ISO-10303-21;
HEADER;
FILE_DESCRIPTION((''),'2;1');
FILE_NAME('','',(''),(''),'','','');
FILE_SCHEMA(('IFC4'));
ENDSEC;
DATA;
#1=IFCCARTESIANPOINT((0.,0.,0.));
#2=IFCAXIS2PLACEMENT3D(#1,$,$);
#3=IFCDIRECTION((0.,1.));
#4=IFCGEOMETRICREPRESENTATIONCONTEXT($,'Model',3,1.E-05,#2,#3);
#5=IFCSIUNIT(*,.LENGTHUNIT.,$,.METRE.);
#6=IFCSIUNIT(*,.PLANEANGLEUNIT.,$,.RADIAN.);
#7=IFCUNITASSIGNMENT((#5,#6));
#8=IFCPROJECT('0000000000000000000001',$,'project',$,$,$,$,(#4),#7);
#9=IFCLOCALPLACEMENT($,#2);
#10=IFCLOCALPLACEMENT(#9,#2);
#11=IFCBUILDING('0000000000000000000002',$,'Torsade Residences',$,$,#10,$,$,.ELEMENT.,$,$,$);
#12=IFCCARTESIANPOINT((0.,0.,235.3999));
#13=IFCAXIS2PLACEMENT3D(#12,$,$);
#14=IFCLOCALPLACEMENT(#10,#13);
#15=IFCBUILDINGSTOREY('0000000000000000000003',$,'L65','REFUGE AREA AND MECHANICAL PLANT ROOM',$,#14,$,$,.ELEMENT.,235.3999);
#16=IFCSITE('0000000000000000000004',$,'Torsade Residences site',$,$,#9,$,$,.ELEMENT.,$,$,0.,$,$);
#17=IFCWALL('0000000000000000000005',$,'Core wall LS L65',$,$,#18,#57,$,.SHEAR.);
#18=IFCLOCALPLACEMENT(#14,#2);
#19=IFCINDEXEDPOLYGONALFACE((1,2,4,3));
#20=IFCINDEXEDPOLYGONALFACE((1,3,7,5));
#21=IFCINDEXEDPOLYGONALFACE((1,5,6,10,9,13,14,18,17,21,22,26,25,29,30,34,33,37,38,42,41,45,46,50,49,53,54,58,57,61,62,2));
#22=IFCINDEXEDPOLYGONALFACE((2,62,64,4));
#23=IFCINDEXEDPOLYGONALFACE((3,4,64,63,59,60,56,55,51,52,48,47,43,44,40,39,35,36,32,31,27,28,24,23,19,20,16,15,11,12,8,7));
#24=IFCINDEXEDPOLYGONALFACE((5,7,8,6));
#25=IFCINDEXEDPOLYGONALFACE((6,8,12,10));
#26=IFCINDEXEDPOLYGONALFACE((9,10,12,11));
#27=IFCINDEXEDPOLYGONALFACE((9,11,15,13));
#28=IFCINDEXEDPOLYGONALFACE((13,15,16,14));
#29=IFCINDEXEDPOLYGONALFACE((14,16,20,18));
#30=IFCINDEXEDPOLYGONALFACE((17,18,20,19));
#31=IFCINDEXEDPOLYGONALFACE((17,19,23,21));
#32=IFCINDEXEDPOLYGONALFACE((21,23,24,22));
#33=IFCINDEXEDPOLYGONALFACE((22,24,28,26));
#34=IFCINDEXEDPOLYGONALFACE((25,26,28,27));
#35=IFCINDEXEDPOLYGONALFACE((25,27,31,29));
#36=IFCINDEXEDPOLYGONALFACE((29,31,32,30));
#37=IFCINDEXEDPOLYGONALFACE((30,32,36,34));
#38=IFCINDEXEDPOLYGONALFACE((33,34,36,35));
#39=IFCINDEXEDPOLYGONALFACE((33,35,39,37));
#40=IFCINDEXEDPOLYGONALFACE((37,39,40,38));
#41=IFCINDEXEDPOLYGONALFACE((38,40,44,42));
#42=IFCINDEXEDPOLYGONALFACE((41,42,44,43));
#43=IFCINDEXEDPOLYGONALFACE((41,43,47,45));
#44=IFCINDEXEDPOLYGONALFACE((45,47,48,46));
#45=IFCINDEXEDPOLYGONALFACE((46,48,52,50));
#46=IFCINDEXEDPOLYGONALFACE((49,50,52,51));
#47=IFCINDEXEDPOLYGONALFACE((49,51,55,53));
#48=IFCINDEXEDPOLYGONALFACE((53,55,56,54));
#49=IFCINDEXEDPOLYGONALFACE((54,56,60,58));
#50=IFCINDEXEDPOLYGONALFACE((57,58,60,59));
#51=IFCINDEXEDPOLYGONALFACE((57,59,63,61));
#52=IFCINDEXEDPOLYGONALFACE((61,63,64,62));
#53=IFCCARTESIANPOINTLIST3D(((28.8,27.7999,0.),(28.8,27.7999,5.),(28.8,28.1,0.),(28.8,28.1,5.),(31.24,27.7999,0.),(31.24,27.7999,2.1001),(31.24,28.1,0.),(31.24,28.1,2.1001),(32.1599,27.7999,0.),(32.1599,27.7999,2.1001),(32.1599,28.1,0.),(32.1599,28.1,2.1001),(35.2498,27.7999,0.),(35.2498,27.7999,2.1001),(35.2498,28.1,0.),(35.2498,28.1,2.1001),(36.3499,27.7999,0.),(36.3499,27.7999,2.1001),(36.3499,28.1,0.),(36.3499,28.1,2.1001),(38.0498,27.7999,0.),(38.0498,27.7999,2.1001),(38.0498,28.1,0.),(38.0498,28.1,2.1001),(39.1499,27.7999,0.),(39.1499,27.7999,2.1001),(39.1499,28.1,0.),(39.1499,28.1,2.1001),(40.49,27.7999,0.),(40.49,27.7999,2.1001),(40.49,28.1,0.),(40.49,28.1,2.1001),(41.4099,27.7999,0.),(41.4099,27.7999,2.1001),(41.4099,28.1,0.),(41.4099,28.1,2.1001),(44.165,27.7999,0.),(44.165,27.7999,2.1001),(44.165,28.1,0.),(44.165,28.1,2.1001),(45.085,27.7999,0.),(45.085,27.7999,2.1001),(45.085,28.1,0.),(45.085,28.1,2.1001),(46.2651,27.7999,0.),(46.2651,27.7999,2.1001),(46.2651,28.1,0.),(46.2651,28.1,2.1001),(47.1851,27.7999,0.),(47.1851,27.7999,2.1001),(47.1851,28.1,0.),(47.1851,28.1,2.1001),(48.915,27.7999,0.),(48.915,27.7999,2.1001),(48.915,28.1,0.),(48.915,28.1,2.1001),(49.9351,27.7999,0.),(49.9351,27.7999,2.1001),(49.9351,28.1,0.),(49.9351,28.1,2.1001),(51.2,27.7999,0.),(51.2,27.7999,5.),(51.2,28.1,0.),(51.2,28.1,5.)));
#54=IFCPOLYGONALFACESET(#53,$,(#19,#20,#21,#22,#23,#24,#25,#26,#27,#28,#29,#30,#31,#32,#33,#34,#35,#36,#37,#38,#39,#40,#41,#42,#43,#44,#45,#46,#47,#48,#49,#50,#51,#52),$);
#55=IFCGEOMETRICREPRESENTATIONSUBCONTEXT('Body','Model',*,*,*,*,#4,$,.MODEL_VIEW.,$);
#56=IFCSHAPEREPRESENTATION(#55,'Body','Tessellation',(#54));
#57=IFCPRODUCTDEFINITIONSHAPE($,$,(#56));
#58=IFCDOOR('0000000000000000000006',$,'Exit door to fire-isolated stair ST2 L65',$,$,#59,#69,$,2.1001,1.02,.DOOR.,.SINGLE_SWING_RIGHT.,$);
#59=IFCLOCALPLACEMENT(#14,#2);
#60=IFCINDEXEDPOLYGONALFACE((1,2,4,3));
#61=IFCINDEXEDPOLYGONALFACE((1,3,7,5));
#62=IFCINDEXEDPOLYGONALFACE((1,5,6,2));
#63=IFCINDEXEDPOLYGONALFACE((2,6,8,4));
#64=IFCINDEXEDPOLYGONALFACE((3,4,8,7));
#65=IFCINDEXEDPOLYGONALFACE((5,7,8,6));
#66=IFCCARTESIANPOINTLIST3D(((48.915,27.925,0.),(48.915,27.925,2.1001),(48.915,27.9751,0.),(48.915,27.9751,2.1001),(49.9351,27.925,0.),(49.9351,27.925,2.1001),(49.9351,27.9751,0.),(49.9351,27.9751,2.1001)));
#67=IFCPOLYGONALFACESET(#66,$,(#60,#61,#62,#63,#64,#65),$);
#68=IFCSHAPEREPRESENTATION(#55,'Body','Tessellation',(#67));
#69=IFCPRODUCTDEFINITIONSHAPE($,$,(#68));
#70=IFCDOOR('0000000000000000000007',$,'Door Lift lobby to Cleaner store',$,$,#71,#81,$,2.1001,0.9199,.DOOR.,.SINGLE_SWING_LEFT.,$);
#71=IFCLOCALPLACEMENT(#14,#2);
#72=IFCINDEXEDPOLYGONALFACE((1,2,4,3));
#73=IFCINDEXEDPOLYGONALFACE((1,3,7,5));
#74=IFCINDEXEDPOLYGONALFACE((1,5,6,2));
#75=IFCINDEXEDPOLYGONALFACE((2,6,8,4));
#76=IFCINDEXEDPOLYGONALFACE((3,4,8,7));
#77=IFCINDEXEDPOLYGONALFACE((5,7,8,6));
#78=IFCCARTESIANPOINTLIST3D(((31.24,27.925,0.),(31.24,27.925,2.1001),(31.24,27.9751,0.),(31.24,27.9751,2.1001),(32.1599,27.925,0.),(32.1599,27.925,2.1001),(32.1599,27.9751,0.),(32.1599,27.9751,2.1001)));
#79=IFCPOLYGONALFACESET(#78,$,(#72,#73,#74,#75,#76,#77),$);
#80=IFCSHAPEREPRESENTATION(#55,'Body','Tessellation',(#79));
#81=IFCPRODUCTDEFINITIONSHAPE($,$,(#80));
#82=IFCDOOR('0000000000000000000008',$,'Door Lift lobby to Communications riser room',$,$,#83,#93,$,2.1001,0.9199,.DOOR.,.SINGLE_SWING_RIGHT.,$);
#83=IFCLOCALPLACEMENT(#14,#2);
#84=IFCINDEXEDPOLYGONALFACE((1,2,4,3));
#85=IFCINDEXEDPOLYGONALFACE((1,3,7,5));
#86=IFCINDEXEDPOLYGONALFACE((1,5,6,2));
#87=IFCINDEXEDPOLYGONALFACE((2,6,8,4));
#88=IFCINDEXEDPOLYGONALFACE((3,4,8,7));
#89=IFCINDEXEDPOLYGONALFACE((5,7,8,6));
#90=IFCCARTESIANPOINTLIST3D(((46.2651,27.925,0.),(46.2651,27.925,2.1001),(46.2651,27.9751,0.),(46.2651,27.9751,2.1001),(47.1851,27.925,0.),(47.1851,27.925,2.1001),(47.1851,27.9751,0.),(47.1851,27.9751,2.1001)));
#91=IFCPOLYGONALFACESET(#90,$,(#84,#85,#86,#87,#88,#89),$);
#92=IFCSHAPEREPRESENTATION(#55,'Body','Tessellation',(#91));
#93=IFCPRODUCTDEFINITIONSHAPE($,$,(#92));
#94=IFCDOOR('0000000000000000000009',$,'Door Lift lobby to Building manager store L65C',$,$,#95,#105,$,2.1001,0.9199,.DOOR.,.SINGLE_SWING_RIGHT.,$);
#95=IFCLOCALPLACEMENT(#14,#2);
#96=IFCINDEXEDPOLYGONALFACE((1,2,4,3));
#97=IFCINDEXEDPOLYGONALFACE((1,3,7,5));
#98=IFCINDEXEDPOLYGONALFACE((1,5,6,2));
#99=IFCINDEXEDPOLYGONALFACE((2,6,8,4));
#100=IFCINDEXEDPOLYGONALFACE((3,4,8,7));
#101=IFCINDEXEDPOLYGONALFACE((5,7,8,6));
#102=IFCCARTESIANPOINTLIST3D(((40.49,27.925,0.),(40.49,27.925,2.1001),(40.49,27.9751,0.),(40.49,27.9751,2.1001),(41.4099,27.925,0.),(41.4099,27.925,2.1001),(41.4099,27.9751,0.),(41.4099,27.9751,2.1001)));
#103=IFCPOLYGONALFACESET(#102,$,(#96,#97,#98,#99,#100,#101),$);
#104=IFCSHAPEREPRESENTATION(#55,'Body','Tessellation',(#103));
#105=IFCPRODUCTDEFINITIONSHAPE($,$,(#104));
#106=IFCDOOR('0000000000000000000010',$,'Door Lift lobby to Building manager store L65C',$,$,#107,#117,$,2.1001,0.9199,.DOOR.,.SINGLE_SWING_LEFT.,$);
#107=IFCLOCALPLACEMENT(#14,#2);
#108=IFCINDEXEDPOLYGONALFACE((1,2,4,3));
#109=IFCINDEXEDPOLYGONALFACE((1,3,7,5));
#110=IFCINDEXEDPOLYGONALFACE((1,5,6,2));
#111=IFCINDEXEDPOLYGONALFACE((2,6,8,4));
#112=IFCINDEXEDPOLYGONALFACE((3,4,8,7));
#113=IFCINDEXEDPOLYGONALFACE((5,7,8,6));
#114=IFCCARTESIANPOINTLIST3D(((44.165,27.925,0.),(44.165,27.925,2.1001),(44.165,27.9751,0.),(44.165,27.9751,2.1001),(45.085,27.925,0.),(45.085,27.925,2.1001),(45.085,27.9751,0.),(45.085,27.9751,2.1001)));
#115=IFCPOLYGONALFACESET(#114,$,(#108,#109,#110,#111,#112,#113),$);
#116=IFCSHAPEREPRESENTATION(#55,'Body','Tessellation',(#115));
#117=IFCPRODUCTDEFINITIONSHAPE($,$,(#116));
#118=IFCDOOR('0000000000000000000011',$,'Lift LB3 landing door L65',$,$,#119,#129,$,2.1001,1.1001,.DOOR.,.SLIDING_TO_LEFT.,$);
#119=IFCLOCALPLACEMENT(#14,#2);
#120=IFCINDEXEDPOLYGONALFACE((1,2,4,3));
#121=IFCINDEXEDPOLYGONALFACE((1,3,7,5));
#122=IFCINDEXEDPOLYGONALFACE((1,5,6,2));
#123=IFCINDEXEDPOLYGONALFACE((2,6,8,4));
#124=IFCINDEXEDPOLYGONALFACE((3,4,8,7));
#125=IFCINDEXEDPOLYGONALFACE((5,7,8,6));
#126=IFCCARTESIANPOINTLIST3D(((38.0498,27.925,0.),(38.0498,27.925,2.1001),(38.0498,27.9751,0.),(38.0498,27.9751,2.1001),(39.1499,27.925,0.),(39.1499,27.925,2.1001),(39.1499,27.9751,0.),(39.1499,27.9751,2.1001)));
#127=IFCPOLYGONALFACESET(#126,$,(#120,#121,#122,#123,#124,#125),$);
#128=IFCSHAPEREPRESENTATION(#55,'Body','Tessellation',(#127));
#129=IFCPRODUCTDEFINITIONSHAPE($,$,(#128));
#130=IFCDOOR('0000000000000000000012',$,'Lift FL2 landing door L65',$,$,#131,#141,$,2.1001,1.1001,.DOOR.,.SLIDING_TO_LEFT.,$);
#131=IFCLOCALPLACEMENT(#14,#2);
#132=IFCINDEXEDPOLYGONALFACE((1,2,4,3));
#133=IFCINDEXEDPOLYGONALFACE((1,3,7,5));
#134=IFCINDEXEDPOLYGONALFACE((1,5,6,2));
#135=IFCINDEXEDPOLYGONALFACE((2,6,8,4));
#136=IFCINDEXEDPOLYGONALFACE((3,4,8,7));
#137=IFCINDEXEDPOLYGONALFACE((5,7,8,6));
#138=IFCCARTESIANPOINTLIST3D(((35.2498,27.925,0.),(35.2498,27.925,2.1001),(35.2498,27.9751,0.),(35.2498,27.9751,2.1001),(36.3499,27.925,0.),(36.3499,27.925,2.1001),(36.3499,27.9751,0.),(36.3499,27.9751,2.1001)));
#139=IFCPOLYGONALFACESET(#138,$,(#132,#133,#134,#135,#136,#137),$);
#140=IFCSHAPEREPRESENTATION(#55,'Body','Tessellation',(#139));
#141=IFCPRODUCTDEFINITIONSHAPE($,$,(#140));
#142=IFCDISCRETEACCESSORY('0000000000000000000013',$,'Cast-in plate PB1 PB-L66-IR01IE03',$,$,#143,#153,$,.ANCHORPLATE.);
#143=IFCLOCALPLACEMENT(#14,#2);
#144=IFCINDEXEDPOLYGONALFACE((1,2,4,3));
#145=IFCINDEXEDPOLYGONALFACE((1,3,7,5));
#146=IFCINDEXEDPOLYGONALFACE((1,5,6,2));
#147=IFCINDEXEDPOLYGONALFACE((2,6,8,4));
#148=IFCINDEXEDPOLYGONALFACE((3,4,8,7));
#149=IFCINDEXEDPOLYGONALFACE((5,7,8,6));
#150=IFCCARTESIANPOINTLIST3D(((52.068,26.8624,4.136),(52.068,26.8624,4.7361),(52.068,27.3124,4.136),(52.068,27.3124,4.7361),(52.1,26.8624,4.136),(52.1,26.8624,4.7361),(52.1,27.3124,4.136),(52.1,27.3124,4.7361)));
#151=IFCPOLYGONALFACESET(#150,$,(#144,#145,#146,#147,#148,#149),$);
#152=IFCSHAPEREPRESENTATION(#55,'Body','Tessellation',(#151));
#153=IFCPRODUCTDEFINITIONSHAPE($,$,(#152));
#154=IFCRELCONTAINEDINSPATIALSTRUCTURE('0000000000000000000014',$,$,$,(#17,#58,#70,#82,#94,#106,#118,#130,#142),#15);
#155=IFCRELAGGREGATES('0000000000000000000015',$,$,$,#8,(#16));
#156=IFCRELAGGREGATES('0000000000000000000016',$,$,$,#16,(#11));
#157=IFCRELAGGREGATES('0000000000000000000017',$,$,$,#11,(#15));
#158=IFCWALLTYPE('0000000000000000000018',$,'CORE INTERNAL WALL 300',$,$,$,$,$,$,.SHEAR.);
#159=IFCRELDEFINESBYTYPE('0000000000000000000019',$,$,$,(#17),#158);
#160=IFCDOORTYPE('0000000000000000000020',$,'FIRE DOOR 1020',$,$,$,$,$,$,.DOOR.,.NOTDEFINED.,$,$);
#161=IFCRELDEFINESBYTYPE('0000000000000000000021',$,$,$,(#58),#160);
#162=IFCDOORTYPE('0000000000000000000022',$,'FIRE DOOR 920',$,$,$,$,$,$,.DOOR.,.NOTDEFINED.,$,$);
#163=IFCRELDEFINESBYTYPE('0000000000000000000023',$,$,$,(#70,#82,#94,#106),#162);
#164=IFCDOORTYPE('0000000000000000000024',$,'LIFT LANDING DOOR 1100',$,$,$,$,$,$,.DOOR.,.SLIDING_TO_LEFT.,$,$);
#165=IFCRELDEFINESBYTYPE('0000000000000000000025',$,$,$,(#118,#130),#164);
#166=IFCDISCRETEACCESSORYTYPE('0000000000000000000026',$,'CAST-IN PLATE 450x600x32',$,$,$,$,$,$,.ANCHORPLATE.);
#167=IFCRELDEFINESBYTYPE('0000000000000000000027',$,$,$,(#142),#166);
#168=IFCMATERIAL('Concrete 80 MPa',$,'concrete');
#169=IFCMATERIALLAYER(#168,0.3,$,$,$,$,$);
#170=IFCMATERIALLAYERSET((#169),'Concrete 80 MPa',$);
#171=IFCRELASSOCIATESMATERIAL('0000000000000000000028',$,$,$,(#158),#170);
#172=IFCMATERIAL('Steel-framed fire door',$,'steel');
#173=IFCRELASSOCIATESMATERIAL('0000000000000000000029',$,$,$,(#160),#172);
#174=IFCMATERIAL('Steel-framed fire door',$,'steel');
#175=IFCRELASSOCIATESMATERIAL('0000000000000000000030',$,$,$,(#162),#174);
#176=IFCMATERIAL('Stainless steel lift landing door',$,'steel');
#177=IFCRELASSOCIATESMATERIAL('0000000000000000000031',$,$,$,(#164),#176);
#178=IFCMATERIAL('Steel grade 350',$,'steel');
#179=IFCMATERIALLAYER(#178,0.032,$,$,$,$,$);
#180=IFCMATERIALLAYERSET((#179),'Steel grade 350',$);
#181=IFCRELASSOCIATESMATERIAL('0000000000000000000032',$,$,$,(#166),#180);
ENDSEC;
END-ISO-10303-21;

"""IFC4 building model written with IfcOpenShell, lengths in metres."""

from ifc_helpers import new_model, si_unit, direction, frame, frame_2d, origin, origin_2d, place, context, subcontext, project, spatial, rectangle, extrude, material, layer, layer_set, type_object, element, fill, save


model = new_model("IFC4")

# Units and contexts
model_context = context("Model", 3, precision=1e-05, world=origin(), true_north=direction((0.0, 1.0)))
body_context = subcontext(model_context, "Body", "Model", "MODEL_VIEW")
ifc_project = project(units=[si_unit("LENGTHUNIT", "METRE"), si_unit("PLANEANGLEUNIT", "RADIAN")], contexts=[model_context])

# Site, building, storey
site_placement = place(None, origin())
site = spatial("IfcSite", under=ifc_project, at=site_placement, Name="Torsade Residences site", CompositionType="ELEMENT", RefElevation=0.0)
building_placement = place(site_placement, origin())
building = spatial("IfcBuilding", under=site, at=building_placement, Name="Torsade Residences", CompositionType="ELEMENT")
storey_placement = place(building_placement, frame((0.0, 0.0, 235.3999)))
storey = spatial("IfcBuildingStorey", under=building, at=storey_placement, Name="L65", Description="REFUGE AREA AND MECHANICAL PLANT ROOM", CompositionType="ELEMENT", Elevation=235.3999)

# Wall, openings, doors
ifc_material_1 = material(Name="Concrete 80 MPa", Category="concrete")
ifc_layer_1 = layer(ifc_material_1, 0.3)
ifc_layer_set_1 = layer_set([ifc_layer_1], Name="Concrete 80 MPa")
wall_type = type_object("IfcWallType", Name="CORE INTERNAL WALL 300", PredefinedType="SHEAR", material=ifc_layer_set_1)
wall_placement = place(storey_placement, frame((51.2, 27.95, 0.0), z_axis=(0.0, 0.0, 1.0), x_axis=(-1.0, 0.0, 0.0)))
wall = element("IfcWall", 1, at=wall_placement, inside=storey, type_object=wall_type, Name="Core wall LS L65", PredefinedType="SHEAR", context=body_context, shape_type="SweptSolid", body=[
    extrude(rectangle(XDim=22.3999, YDim=0.3, at=frame_2d((11.2, 0.0))), origin(), (0.0, 0.0, 1.0), 5.0),
])
opening_1_placement = place(wall_placement, frame((19.04, 0.0, 0.0)))
opening_1 = element("IfcOpeningElement", 2, at=opening_1_placement, cuts=wall, PredefinedType="OPENING", context=body_context, shape_type="SweptSolid", body=[
    extrude(rectangle(XDim=0.9199, YDim=2.1001, at=frame_2d((0.46, 1.05))), frame((0.0, 0.1599, 0.0), z_axis=(0.0, -1.0, 0.0), x_axis=(1.0, 0.0, 0.0)), (0.0, 0.0, 1.0), 0.3201),
])
opening_2_placement = place(wall_placement, frame((1.2649, 0.0, 0.0)))
opening_2 = element("IfcOpeningElement", 3, at=opening_2_placement, cuts=wall, PredefinedType="OPENING", context=body_context, shape_type="SweptSolid", body=[
    extrude(rectangle(XDim=1.02, YDim=2.1001, at=frame_2d((0.51, 1.05))), frame((0.0, 0.1599, 0.0), z_axis=(0.0, -1.0, 0.0), x_axis=(1.0, 0.0, 0.0)), (0.0, 0.0, 1.0), 0.3201),
])
opening_3_placement = place(wall_placement, frame((4.0149, 0.0, 0.0)))
opening_3 = element("IfcOpeningElement", 4, at=opening_3_placement, cuts=wall, PredefinedType="OPENING", context=body_context, shape_type="SweptSolid", body=[
    extrude(rectangle(XDim=0.9199, YDim=2.1001, at=frame_2d((0.46, 1.05))), frame((0.0, 0.1599, 0.0), z_axis=(0.0, -1.0, 0.0), x_axis=(1.0, 0.0, 0.0)), (0.0, 0.0, 1.0), 0.3201),
])
opening_4_placement = place(wall_placement, frame((9.79, 0.0, 0.0)))
opening_4 = element("IfcOpeningElement", 5, at=opening_4_placement, cuts=wall, PredefinedType="OPENING", context=body_context, shape_type="SweptSolid", body=[
    extrude(rectangle(XDim=0.9199, YDim=2.1001, at=frame_2d((0.46, 1.05))), frame((0.0, 0.1599, 0.0), z_axis=(0.0, -1.0, 0.0), x_axis=(1.0, 0.0, 0.0)), (0.0, 0.0, 1.0), 0.3201),
])
opening_5_placement = place(wall_placement, frame((6.115, 0.0, 0.0)))
opening_5 = element("IfcOpeningElement", 6, at=opening_5_placement, cuts=wall, PredefinedType="OPENING", context=body_context, shape_type="SweptSolid", body=[
    extrude(rectangle(XDim=0.9199, YDim=2.1001, at=frame_2d((0.46, 1.05))), frame((0.0, 0.1599, 0.0), z_axis=(0.0, -1.0, 0.0), x_axis=(1.0, 0.0, 0.0)), (0.0, 0.0, 1.0), 0.3201),
])
opening_6_placement = place(wall_placement, frame((12.05, 0.0, 0.0)))
opening_6 = element("IfcOpeningElement", 7, at=opening_6_placement, cuts=wall, PredefinedType="OPENING", context=body_context, shape_type="SweptSolid", body=[
    extrude(rectangle(XDim=1.1001, YDim=2.1001, at=frame_2d((0.55, 1.05))), frame((0.0, 0.1599, 0.0), z_axis=(0.0, -1.0, 0.0), x_axis=(1.0, 0.0, 0.0)), (0.0, 0.0, 1.0), 0.3201),
])
opening_7_placement = place(wall_placement, frame((14.8501, 0.0, 0.0)))
opening_7 = element("IfcOpeningElement", 8, at=opening_7_placement, cuts=wall, PredefinedType="OPENING", context=body_context, shape_type="SweptSolid", body=[
    extrude(rectangle(XDim=1.1001, YDim=2.1001, at=frame_2d((0.55, 1.05))), frame((0.0, 0.1599, 0.0), z_axis=(0.0, -1.0, 0.0), x_axis=(1.0, 0.0, 0.0)), (0.0, 0.0, 1.0), 0.3201),
])
ifc_material_2 = material(Name="Steel-framed fire door", Category="steel")
door_type_1 = type_object("IfcDoorType", Name="FIRE DOOR 1020", OperationType="NOTDEFINED", PredefinedType="DOOR", material=ifc_material_2)
door_1_placement = place(opening_2_placement, origin())
door_1 = element("IfcDoor", 9, at=door_1_placement, inside=storey, type_object=door_type_1, Name="Exit door to fire-isolated stair ST2 L65", OperationType="SINGLE_SWING_RIGHT", OverallHeight=2.1001, OverallWidth=1.02, PredefinedType="DOOR", context=body_context, shape_type="SweptSolid", body=[
    extrude(rectangle(XDim=1.02, YDim=2.1001, at=frame_2d((0.51, 1.05))), frame((0.0, 0.0249, 0.0), z_axis=(0.0, -1.0, 0.0), x_axis=(1.0, 0.0, 0.0)), (0.0, 0.0, 1.0), 0.05),
])
fill(opening_2, door_1)
ifc_material_3 = material(Name="Steel-framed fire door", Category="steel")
door_type_2 = type_object("IfcDoorType", Name="FIRE DOOR 920", OperationType="NOTDEFINED", PredefinedType="DOOR", material=ifc_material_3)
door_2_placement = place(opening_1_placement, origin())
door_2 = element("IfcDoor", 10, at=door_2_placement, inside=storey, type_object=door_type_2, Name="Door Lift lobby to Cleaner store", OperationType="SINGLE_SWING_LEFT", OverallHeight=2.1001, OverallWidth=0.9199, PredefinedType="DOOR", context=body_context, shape_type="SweptSolid", body=[
    extrude(rectangle(XDim=0.9199, YDim=2.1001, at=frame_2d((0.46, 1.05))), frame((0.0, 0.0249, 0.0), z_axis=(0.0, -1.0, 0.0), x_axis=(1.0, 0.0, 0.0)), (0.0, 0.0, 1.0), 0.05),
])
fill(opening_1, door_2)
door_3_placement = place(opening_3_placement, origin())
door_3 = element("IfcDoor", 11, at=door_3_placement, inside=storey, type_object=door_type_2, Name="Door Lift lobby to Communications riser room", OperationType="SINGLE_SWING_RIGHT", OverallHeight=2.1001, OverallWidth=0.9199, PredefinedType="DOOR", context=body_context, shape_type="SweptSolid", body=[
    extrude(rectangle(XDim=0.9199, YDim=2.1001, at=frame_2d((0.46, 1.05))), frame((0.0, 0.0249, 0.0), z_axis=(0.0, -1.0, 0.0), x_axis=(1.0, 0.0, 0.0)), (0.0, 0.0, 1.0), 0.05),
])
fill(opening_3, door_3)
door_4_placement = place(opening_4_placement, origin())
door_4 = element("IfcDoor", 12, at=door_4_placement, inside=storey, type_object=door_type_2, Name="Door Lift lobby to Building manager store L65C", OperationType="SINGLE_SWING_RIGHT", OverallHeight=2.1001, OverallWidth=0.9199, PredefinedType="DOOR", context=body_context, shape_type="SweptSolid", body=[
    extrude(rectangle(XDim=0.9199, YDim=2.1001, at=frame_2d((0.46, 1.05))), frame((0.0, 0.0249, 0.0), z_axis=(0.0, -1.0, 0.0), x_axis=(1.0, 0.0, 0.0)), (0.0, 0.0, 1.0), 0.05),
])
fill(opening_4, door_4)
door_5_placement = place(opening_5_placement, origin())
door_5 = element("IfcDoor", 13, at=door_5_placement, inside=storey, type_object=door_type_2, Name="Door Lift lobby to Building manager store L65C", OperationType="SINGLE_SWING_LEFT", OverallHeight=2.1001, OverallWidth=0.9199, PredefinedType="DOOR", context=body_context, shape_type="SweptSolid", body=[
    extrude(rectangle(XDim=0.9199, YDim=2.1001, at=frame_2d((0.46, 1.05))), frame((0.0, 0.0249, 0.0), z_axis=(0.0, -1.0, 0.0), x_axis=(1.0, 0.0, 0.0)), (0.0, 0.0, 1.0), 0.05),
])
fill(opening_5, door_5)
ifc_material_4 = material(Name="Stainless steel lift landing door", Category="steel")
door_type_3 = type_object("IfcDoorType", Name="LIFT LANDING DOOR 1100", OperationType="SLIDING_TO_LEFT", PredefinedType="DOOR", material=ifc_material_4)
door_6_placement = place(opening_6_placement, origin())
door_6 = element("IfcDoor", 14, at=door_6_placement, inside=storey, type_object=door_type_3, Name="Lift LB3 landing door L65", OperationType="SLIDING_TO_LEFT", OverallHeight=2.1001, OverallWidth=1.1001, PredefinedType="DOOR", context=body_context, shape_type="SweptSolid", body=[
    extrude(rectangle(XDim=1.1001, YDim=2.1001, at=frame_2d((0.55, 1.05))), frame((0.0, 0.0249, 0.0), z_axis=(0.0, -1.0, 0.0), x_axis=(1.0, 0.0, 0.0)), (0.0, 0.0, 1.0), 0.05),
])
fill(opening_6, door_6)
door_7_placement = place(opening_7_placement, origin())
door_7 = element("IfcDoor", 15, at=door_7_placement, inside=storey, type_object=door_type_3, Name="Lift FL2 landing door L65", OperationType="SLIDING_TO_LEFT", OverallHeight=2.1001, OverallWidth=1.1001, PredefinedType="DOOR", context=body_context, shape_type="SweptSolid", body=[
    extrude(rectangle(XDim=1.1001, YDim=2.1001, at=frame_2d((0.55, 1.05))), frame((0.0, 0.0249, 0.0), z_axis=(0.0, -1.0, 0.0), x_axis=(1.0, 0.0, 0.0)), (0.0, 0.0, 1.0), 0.05),
])
fill(opening_7, door_7)

# Discrete accessory
ifc_material_5 = material(Name="Steel grade 350", Category="steel")
ifc_layer_2 = layer(ifc_material_5, 0.032)
ifc_layer_set_2 = layer_set([ifc_layer_2], Name="Steel grade 350")
discrete_accessory_type = type_object("IfcDiscreteAccessoryType", Name="CAST-IN PLATE 450x600x32", PredefinedType="ANCHORPLATE", material=ifc_layer_set_2)
for number, where, z_axis, x_axis, name in (
    (16, (52.084, 27.0874, 4.136), (0.0, 0.0, 1.0), (1.0, 0.0, 0.0), "Cast-in plate PB1 PB-L66-IR01IE03"),
):
    element("IfcDiscreteAccessory", number, at=place(storey_placement, frame(where, z_axis=z_axis, x_axis=x_axis)), inside=storey, type_object=discrete_accessory_type, Name=name, PredefinedType="ANCHORPLATE", context=body_context, shape_type="SweptSolid", body=[
        extrude(rectangle(XDim=0.032, YDim=0.45, at=origin_2d()), origin(), (0.0, 0.0, 1.0), 0.6001),
    ])

save(model, "model.ifc")
